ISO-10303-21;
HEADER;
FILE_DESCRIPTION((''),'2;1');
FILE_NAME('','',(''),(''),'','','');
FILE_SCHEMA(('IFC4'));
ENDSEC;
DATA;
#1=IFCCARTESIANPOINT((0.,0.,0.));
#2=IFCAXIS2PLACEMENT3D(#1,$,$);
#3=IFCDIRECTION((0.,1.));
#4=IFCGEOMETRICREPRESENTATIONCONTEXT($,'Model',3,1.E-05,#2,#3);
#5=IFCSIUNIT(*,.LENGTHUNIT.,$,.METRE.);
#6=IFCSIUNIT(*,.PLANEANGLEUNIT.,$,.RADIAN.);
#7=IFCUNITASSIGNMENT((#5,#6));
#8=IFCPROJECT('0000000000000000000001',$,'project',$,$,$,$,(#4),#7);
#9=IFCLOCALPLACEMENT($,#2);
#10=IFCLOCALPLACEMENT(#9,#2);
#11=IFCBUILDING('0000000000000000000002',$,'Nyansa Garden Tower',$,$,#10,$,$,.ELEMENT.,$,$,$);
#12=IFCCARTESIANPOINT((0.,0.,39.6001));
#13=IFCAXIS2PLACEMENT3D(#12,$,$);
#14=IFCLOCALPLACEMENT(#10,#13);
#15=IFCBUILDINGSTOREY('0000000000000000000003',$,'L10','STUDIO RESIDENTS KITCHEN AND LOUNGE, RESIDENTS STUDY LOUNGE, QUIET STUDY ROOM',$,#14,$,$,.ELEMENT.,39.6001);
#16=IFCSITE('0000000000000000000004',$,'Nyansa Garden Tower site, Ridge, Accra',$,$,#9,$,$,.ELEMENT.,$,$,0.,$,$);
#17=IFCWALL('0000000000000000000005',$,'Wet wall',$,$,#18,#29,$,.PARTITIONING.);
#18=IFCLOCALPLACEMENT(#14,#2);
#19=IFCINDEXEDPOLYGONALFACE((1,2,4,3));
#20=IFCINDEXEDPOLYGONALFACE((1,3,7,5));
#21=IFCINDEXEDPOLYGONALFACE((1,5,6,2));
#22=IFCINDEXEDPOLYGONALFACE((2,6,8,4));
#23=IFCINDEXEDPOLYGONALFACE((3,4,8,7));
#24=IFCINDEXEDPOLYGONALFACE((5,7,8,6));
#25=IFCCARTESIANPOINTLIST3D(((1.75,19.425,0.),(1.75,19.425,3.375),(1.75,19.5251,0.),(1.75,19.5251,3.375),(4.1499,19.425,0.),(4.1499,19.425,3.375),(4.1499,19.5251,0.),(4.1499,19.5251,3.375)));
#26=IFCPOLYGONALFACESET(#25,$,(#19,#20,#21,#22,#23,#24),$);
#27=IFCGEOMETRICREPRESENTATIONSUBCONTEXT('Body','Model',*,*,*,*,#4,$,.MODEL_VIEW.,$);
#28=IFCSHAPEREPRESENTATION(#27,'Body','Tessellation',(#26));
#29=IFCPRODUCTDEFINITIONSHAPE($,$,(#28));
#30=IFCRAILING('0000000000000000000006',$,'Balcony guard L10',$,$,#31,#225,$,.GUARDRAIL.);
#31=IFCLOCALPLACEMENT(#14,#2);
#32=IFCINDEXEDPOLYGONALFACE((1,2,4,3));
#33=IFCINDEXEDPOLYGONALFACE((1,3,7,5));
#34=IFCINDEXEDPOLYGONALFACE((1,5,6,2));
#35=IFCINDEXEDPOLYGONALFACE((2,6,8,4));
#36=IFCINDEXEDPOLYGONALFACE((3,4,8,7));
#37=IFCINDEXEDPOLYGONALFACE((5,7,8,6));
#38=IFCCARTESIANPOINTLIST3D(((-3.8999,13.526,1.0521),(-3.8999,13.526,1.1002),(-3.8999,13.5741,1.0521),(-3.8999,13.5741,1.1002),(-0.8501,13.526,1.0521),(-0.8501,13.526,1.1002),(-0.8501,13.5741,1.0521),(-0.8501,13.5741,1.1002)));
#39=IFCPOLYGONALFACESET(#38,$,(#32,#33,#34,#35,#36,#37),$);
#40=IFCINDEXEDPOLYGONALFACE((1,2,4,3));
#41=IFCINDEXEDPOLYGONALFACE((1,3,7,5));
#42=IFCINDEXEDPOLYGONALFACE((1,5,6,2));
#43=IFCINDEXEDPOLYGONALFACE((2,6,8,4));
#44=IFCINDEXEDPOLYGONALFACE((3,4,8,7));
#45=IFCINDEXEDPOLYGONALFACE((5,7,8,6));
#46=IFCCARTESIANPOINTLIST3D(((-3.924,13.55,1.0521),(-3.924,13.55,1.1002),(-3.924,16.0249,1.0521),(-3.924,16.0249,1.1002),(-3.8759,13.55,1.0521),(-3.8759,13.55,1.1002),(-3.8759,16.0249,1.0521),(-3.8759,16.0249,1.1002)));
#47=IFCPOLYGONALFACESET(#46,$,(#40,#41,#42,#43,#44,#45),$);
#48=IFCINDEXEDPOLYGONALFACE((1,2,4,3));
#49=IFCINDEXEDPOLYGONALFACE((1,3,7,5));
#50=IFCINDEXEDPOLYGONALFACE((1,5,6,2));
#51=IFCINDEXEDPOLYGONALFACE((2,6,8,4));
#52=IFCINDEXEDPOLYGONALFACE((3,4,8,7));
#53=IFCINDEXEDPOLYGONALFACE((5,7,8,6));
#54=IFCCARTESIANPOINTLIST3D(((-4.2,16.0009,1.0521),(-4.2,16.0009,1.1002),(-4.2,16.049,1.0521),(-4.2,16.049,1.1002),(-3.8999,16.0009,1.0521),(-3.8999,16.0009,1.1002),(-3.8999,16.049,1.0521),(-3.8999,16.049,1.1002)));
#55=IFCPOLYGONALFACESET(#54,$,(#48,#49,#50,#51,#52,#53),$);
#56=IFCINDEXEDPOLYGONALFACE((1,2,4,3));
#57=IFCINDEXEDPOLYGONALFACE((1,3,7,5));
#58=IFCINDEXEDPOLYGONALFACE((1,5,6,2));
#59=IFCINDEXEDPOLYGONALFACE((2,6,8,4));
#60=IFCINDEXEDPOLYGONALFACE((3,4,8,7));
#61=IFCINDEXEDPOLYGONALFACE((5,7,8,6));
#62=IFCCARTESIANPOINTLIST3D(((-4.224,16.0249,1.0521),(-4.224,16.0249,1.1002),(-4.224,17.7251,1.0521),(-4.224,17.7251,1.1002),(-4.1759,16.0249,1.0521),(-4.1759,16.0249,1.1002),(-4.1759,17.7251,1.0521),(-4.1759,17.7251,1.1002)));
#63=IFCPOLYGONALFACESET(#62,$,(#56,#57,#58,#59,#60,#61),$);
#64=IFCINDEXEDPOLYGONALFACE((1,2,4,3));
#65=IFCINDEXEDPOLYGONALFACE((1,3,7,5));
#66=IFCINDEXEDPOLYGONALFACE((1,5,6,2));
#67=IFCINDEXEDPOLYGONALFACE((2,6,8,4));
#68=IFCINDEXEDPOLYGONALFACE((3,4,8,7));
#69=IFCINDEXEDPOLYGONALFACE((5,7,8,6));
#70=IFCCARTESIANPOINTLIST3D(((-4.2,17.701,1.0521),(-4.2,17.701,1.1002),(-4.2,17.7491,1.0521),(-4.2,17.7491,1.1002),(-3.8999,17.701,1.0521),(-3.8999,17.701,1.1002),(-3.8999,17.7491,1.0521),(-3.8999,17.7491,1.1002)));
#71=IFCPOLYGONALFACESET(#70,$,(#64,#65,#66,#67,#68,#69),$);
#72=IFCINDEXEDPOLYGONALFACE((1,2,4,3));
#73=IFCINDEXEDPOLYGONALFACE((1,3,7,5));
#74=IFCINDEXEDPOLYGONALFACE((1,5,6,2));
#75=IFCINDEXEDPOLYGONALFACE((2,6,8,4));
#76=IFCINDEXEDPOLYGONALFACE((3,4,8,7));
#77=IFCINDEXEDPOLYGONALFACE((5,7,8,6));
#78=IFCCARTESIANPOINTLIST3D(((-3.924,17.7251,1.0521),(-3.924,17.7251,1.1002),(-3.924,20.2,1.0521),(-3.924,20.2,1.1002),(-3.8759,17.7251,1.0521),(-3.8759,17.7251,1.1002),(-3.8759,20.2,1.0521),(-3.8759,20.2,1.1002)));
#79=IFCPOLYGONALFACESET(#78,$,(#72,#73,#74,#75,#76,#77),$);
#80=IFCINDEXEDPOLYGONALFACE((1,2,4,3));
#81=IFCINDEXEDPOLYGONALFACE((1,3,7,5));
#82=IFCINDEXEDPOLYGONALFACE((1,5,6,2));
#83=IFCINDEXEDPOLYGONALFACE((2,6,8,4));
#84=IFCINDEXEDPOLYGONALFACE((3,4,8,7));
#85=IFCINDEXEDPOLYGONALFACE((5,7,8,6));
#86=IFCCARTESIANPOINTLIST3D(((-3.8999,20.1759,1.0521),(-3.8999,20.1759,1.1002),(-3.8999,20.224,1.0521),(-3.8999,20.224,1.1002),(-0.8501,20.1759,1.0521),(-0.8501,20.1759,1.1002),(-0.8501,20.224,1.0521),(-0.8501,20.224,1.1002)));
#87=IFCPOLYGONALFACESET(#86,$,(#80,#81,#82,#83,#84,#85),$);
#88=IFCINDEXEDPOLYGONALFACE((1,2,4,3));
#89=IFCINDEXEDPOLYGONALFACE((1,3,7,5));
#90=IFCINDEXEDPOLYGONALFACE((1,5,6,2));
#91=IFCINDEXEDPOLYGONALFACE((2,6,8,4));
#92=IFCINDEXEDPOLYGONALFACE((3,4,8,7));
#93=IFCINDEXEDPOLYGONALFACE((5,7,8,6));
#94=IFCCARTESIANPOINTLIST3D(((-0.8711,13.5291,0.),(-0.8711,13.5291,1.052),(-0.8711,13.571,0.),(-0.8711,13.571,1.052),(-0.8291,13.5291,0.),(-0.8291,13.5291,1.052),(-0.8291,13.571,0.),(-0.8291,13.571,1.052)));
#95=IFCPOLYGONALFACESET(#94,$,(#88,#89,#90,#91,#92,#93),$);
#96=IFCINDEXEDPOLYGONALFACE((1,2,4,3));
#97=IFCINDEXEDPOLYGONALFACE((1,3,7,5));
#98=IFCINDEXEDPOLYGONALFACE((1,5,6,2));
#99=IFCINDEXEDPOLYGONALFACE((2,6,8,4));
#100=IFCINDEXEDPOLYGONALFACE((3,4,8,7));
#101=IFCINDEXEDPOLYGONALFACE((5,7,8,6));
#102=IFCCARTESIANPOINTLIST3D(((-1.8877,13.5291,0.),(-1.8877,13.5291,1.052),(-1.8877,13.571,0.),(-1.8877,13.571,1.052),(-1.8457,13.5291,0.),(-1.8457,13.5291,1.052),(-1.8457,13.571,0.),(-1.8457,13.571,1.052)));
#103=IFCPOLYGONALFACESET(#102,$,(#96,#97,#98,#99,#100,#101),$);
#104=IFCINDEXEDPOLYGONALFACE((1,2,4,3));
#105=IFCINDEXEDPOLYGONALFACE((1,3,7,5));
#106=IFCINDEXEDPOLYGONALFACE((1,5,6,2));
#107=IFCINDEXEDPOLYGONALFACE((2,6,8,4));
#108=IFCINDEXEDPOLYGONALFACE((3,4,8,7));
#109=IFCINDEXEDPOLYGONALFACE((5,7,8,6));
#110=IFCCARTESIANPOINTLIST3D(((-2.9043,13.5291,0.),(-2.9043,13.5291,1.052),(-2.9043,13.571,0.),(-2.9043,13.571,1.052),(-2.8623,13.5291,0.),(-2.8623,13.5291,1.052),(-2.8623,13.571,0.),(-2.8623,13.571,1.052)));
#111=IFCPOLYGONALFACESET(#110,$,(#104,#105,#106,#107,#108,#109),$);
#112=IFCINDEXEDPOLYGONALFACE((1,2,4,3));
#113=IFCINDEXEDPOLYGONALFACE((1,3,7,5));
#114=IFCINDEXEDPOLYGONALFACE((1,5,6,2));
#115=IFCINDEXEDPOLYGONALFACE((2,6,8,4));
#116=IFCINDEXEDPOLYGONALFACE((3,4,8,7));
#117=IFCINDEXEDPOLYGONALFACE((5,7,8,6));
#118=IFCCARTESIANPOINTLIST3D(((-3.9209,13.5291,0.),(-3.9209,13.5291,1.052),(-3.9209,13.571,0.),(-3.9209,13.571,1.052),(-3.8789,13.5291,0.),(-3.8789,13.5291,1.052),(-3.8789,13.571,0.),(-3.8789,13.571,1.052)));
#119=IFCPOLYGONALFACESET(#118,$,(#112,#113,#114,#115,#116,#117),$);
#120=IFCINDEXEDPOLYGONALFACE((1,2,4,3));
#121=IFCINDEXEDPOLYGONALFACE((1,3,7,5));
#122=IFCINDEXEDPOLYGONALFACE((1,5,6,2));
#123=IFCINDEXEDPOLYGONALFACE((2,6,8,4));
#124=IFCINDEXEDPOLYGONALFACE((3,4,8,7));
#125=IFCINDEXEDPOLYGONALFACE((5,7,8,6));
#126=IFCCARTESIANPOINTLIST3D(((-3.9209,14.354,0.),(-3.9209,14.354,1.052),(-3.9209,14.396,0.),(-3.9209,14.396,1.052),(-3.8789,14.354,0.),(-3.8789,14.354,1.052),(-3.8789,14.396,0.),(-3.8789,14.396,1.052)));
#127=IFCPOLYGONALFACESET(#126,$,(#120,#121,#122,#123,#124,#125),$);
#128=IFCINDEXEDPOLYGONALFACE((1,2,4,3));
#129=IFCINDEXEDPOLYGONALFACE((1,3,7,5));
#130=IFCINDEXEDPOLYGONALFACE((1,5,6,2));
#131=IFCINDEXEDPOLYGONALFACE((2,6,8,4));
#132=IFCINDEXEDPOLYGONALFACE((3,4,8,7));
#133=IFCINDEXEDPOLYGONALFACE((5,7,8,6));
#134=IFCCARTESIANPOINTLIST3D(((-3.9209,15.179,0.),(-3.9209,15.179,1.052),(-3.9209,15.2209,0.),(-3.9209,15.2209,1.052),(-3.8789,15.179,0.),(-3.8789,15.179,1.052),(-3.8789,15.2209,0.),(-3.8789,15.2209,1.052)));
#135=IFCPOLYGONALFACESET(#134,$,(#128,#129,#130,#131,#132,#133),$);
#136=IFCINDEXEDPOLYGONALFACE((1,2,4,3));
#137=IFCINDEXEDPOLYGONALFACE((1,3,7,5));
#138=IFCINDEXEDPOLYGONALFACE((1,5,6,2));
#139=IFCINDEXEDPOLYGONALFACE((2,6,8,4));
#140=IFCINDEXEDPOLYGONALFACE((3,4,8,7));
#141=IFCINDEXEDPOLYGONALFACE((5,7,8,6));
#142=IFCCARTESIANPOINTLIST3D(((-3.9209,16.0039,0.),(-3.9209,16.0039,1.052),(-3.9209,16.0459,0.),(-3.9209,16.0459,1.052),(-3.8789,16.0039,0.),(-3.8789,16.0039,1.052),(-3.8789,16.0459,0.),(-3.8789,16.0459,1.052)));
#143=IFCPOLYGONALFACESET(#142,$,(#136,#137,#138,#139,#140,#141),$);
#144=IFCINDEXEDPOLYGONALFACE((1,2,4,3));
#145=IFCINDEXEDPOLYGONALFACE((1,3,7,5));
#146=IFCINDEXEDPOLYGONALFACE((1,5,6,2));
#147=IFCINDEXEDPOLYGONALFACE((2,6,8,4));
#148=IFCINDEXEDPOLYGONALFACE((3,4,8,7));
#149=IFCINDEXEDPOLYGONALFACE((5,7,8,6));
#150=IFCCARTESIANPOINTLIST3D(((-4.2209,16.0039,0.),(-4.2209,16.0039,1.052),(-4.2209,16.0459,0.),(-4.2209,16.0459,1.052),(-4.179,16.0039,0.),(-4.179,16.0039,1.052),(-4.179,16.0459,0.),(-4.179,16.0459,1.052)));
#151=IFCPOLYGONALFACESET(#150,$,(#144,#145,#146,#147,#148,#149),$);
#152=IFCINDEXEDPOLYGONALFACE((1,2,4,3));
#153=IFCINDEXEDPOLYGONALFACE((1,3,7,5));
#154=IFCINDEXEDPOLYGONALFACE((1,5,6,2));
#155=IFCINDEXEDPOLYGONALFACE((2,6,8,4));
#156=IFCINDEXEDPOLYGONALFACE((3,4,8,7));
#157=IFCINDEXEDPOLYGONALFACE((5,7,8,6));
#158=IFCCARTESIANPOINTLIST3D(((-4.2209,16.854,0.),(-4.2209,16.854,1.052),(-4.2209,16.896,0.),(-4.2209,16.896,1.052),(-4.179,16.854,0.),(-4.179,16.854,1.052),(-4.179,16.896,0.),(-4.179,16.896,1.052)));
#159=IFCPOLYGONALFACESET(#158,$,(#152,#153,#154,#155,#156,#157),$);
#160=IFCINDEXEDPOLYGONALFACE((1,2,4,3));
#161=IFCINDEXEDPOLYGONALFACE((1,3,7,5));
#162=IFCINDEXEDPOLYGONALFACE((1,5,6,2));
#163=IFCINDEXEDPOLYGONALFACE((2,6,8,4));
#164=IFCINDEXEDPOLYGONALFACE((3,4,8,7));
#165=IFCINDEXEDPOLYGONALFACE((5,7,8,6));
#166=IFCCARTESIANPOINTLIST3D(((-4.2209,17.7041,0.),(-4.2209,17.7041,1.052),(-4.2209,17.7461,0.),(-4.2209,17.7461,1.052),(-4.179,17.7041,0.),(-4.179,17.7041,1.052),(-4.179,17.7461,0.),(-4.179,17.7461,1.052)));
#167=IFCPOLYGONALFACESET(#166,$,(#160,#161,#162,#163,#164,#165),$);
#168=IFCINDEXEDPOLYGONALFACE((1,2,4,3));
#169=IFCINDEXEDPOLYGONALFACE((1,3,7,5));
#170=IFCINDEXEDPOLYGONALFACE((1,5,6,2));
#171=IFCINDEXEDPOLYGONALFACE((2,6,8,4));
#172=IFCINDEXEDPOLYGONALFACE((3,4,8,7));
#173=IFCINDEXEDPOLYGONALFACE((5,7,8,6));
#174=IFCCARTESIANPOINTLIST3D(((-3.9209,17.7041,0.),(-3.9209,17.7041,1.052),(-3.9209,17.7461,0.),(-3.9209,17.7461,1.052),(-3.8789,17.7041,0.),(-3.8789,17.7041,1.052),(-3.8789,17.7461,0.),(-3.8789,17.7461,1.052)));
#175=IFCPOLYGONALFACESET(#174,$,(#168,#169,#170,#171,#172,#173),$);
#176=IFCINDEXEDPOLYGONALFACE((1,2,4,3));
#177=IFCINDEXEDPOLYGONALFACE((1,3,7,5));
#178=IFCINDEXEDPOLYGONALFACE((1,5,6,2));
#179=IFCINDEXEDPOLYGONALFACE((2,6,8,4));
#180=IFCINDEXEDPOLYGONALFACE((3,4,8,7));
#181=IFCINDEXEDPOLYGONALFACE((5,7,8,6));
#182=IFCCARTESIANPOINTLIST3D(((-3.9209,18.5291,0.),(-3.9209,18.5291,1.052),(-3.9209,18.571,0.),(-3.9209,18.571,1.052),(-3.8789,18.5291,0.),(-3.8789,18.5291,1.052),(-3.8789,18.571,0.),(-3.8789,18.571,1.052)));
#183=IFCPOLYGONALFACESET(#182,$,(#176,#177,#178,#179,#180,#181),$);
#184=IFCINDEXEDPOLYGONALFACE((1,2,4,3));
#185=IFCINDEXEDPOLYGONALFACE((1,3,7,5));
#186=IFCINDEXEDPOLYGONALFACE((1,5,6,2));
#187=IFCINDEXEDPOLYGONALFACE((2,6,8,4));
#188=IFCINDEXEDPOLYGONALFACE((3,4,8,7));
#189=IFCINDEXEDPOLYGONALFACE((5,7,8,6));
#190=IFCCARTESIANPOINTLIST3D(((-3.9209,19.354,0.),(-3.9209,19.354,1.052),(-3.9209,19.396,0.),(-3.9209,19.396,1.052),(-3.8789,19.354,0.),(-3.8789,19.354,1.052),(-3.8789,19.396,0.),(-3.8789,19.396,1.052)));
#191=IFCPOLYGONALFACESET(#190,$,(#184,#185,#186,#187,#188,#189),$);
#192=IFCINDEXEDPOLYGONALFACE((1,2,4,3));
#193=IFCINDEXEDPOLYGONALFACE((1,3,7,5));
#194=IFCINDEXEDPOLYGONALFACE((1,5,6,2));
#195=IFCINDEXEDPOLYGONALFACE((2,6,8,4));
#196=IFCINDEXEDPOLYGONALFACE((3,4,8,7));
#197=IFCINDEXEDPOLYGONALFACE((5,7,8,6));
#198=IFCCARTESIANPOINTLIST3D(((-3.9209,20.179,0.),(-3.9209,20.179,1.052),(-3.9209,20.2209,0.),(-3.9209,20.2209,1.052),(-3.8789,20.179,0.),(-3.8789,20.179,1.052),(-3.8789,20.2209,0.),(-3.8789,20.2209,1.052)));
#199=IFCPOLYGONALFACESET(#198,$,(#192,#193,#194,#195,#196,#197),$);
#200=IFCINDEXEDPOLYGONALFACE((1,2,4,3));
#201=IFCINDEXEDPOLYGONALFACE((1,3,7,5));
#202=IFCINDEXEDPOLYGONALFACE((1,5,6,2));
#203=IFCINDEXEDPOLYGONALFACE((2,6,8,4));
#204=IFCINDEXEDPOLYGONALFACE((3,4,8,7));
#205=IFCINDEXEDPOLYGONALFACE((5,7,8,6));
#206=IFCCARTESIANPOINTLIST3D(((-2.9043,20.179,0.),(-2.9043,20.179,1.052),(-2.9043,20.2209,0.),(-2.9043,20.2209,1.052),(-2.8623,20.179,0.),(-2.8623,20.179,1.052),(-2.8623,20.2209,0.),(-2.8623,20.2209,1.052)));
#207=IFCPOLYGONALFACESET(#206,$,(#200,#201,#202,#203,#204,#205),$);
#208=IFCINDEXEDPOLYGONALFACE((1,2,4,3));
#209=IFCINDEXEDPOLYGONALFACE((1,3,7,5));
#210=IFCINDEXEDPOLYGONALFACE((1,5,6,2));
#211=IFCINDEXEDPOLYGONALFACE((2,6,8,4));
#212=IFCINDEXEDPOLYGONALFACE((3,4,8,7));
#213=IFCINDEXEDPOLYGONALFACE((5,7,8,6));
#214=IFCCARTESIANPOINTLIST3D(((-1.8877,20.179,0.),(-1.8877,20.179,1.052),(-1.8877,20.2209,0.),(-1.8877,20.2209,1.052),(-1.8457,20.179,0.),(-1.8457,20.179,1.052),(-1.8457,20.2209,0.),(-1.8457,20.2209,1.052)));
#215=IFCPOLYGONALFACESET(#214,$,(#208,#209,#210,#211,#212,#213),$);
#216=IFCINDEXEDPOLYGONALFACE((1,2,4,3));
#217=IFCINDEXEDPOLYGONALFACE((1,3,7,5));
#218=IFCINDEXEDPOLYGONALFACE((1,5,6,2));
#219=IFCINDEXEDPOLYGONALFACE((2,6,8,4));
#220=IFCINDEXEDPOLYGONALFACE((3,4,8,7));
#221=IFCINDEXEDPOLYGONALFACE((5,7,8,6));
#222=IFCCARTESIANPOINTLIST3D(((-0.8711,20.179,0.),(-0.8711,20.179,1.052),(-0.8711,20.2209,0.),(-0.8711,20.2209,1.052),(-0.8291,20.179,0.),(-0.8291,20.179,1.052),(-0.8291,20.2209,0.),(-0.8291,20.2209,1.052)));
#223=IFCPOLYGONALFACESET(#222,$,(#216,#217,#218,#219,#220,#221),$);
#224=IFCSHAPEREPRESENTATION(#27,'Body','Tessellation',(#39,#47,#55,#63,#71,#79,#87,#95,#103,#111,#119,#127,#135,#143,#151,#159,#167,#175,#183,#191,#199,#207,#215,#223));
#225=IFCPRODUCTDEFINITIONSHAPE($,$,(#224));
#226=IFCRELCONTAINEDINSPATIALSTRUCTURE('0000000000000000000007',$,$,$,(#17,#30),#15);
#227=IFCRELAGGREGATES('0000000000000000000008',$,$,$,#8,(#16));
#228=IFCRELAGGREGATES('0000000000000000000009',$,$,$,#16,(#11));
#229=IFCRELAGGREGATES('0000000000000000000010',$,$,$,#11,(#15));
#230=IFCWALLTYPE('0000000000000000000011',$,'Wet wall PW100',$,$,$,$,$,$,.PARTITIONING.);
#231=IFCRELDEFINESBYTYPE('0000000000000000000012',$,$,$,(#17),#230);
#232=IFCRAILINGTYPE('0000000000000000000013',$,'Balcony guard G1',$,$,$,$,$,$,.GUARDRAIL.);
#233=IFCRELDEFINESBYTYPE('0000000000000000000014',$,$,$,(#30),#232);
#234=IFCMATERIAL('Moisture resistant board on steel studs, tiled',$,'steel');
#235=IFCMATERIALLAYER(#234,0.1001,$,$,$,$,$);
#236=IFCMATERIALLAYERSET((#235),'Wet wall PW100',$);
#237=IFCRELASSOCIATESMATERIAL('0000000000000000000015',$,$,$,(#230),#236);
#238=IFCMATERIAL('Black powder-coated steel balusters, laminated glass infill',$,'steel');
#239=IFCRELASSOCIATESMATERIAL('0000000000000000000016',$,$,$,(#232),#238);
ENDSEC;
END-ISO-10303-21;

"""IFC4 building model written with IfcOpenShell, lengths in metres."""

from ifc_helpers import new_model, si_unit, direction, frame, frame_2d, origin, origin_2d, place, context, subcontext, project, spatial, rectangle, extrude, material, layer, layer_set, type_object, element, save


model = new_model("IFC4")

# Units and contexts
model_context = context("Model", 3, precision=1e-05, world=origin(), true_north=direction((0.0, 1.0)))
body_context = subcontext(model_context, "Body", "Model", "MODEL_VIEW")
ifc_project = project(units=[si_unit("LENGTHUNIT", "METRE"), si_unit("PLANEANGLEUNIT", "RADIAN")], contexts=[model_context])

# Site, building, storey
site_placement = place(None, origin())
site = spatial("IfcSite", under=ifc_project, at=site_placement, Name="Nyansa Garden Tower site, Ridge, Accra", CompositionType="ELEMENT", RefElevation=0.0)
building_placement = place(site_placement, origin())
building = spatial("IfcBuilding", under=site, at=building_placement, Name="Nyansa Garden Tower", CompositionType="ELEMENT")
storey_placement = place(building_placement, frame((0.0, 0.0, 39.6001)))
storey = spatial("IfcBuildingStorey", under=building, at=storey_placement, Name="L10", Description="STUDIO RESIDENTS KITCHEN AND LOUNGE, RESIDENTS STUDY LOUNGE, QUIET STUDY ROOM", CompositionType="ELEMENT", Elevation=39.6001)

# Wall
ifc_material_1 = material(Name="Moisture resistant board on steel studs, tiled", Category="steel")
ifc_layer_1 = layer(ifc_material_1, 0.1001)
ifc_layer_set_1 = layer_set([ifc_layer_1], Name="Wet wall PW100")
wall_type_1 = type_object("IfcWallType", Name="Wet wall PW100", PredefinedType="PARTITIONING", material=ifc_layer_set_1)
wall_1_placement = place(storey_placement, frame((1.75, 19.4751, 0.0), z_axis=(0.0, 0.0, 1.0), x_axis=(1.0, 0.0, 0.0)))
element("IfcWall", 1, at=wall_1_placement, inside=storey, type_object=wall_type_1, Name="Wet wall", PredefinedType="PARTITIONING", context=body_context, shape_type="SweptSolid", body=[
    extrude(rectangle(XDim=2.3999, YDim=0.1001, at=frame_2d((1.2, 0.0))), origin(), (0.0, 0.0, 1.0), 3.375),
])

# Railing
ifc_material_2 = material(Name="Black powder-coated steel balusters, laminated glass infill", Category="steel")
railing_type = type_object("IfcRailingType", Name="Balcony guard G1", PredefinedType="GUARDRAIL", material=ifc_material_2)
railing_placement = place(storey_placement, frame((-0.8501, 13.55, 0.0)))
element("IfcRailing", 2, at=railing_placement, inside=storey, type_object=railing_type, Name="Balcony guard L10", PredefinedType="GUARDRAIL", context=body_context, shape_type="SweptSolid", body=[
    extrude(rectangle(XDim=0.0481, YDim=0.0481, at=origin_2d()), frame((0.0, 0.0, 1.0762), z_axis=(-1.0, 0.0, 0.0), x_axis=(0.0, -1.0, 0.0)), (0.0, 0.0, 1.0), 3.0498),
    extrude(rectangle(XDim=0.0481, YDim=0.0481, at=origin_2d()), frame((-3.0498, 0.0, 1.0762), z_axis=(0.0, 1.0, 0.0), x_axis=(-1.0, 0.0, 0.0)), (0.0, 0.0, 1.0), 2.4749),
    extrude(rectangle(XDim=0.0481, YDim=0.0481, at=origin_2d()), frame((-3.0498, 2.4749, 1.0762), z_axis=(-1.0, 0.0, 0.0), x_axis=(0.0, -1.0, 0.0)), (0.0, 0.0, 1.0), 0.3),
    extrude(rectangle(XDim=0.0481, YDim=0.0481, at=origin_2d()), frame((-3.3499, 2.4749, 1.0762), z_axis=(0.0, 1.0, 0.0), x_axis=(-1.0, 0.0, 0.0)), (0.0, 0.0, 1.0), 1.7002),
    extrude(rectangle(XDim=0.0481, YDim=0.0481, at=origin_2d()), frame((-3.3499, 4.175, 1.0762), z_axis=(1.0, 0.0, 0.0), x_axis=(0.0, 1.0, 0.0)), (0.0, 0.0, 1.0), 0.3),
    extrude(rectangle(XDim=0.0481, YDim=0.0481, at=origin_2d()), frame((-3.0498, 4.175, 1.0762), z_axis=(0.0, 1.0, 0.0), x_axis=(-1.0, 0.0, 0.0)), (0.0, 0.0, 1.0), 2.4749),
    extrude(rectangle(XDim=0.0481, YDim=0.0481, at=origin_2d()), frame((-3.0498, 6.6499, 1.0762), z_axis=(1.0, 0.0, 0.0), x_axis=(0.0, 1.0, 0.0)), (0.0, 0.0, 1.0), 3.0498),
    extrude(rectangle(XDim=0.042, YDim=0.042, at=origin_2d()), origin(), (0.0, 0.0, 1.0), 1.052),
    extrude(rectangle(XDim=0.042, YDim=0.042, at=origin_2d()), frame((-1.0166, 0.0, 0.0)), (0.0, 0.0, 1.0), 1.052),
    extrude(rectangle(XDim=0.042, YDim=0.042, at=origin_2d()), frame((-2.0332, 0.0, 0.0)), (0.0, 0.0, 1.0), 1.052),
    extrude(rectangle(XDim=0.042, YDim=0.042, at=origin_2d()), frame((-3.0498, 0.0, 0.0)), (0.0, 0.0, 1.0), 1.052),
    extrude(rectangle(XDim=0.042, YDim=0.042, at=origin_2d()), frame((-3.0498, 0.825, 0.0)), (0.0, 0.0, 1.0), 1.052),
    extrude(rectangle(XDim=0.042, YDim=0.042, at=origin_2d()), frame((-3.0498, 1.6499, 0.0)), (0.0, 0.0, 1.0), 1.052),
    extrude(rectangle(XDim=0.042, YDim=0.042, at=origin_2d()), frame((-3.0498, 2.4749, 0.0)), (0.0, 0.0, 1.0), 1.052),
    extrude(rectangle(XDim=0.042, YDim=0.042, at=origin_2d()), frame((-3.3499, 2.4749, 0.0)), (0.0, 0.0, 1.0), 1.052),
    extrude(rectangle(XDim=0.042, YDim=0.042, at=origin_2d()), frame((-3.3499, 3.325, 0.0)), (0.0, 0.0, 1.0), 1.052),
    extrude(rectangle(XDim=0.042, YDim=0.042, at=origin_2d()), frame((-3.3499, 4.175, 0.0)), (0.0, 0.0, 1.0), 1.052),
    extrude(rectangle(XDim=0.042, YDim=0.042, at=origin_2d()), frame((-3.0498, 4.175, 0.0)), (0.0, 0.0, 1.0), 1.052),
    extrude(rectangle(XDim=0.042, YDim=0.042, at=origin_2d()), frame((-3.0498, 5.0, 0.0)), (0.0, 0.0, 1.0), 1.052),
    extrude(rectangle(XDim=0.042, YDim=0.042, at=origin_2d()), frame((-3.0498, 5.825, 0.0)), (0.0, 0.0, 1.0), 1.052),
    extrude(rectangle(XDim=0.042, YDim=0.042, at=origin_2d()), frame((-3.0498, 6.6499, 0.0)), (0.0, 0.0, 1.0), 1.052),
    extrude(rectangle(XDim=0.042, YDim=0.042, at=origin_2d()), frame((-2.0332, 6.6499, 0.0)), (0.0, 0.0, 1.0), 1.052),
    extrude(rectangle(XDim=0.042, YDim=0.042, at=origin_2d()), frame((-1.0166, 6.6499, 0.0)), (0.0, 0.0, 1.0), 1.052),
    extrude(rectangle(XDim=0.042, YDim=0.042, at=origin_2d()), frame((0.0, 6.6499, 0.0)), (0.0, 0.0, 1.0), 1.052),
])

save(model, "model.ifc")
